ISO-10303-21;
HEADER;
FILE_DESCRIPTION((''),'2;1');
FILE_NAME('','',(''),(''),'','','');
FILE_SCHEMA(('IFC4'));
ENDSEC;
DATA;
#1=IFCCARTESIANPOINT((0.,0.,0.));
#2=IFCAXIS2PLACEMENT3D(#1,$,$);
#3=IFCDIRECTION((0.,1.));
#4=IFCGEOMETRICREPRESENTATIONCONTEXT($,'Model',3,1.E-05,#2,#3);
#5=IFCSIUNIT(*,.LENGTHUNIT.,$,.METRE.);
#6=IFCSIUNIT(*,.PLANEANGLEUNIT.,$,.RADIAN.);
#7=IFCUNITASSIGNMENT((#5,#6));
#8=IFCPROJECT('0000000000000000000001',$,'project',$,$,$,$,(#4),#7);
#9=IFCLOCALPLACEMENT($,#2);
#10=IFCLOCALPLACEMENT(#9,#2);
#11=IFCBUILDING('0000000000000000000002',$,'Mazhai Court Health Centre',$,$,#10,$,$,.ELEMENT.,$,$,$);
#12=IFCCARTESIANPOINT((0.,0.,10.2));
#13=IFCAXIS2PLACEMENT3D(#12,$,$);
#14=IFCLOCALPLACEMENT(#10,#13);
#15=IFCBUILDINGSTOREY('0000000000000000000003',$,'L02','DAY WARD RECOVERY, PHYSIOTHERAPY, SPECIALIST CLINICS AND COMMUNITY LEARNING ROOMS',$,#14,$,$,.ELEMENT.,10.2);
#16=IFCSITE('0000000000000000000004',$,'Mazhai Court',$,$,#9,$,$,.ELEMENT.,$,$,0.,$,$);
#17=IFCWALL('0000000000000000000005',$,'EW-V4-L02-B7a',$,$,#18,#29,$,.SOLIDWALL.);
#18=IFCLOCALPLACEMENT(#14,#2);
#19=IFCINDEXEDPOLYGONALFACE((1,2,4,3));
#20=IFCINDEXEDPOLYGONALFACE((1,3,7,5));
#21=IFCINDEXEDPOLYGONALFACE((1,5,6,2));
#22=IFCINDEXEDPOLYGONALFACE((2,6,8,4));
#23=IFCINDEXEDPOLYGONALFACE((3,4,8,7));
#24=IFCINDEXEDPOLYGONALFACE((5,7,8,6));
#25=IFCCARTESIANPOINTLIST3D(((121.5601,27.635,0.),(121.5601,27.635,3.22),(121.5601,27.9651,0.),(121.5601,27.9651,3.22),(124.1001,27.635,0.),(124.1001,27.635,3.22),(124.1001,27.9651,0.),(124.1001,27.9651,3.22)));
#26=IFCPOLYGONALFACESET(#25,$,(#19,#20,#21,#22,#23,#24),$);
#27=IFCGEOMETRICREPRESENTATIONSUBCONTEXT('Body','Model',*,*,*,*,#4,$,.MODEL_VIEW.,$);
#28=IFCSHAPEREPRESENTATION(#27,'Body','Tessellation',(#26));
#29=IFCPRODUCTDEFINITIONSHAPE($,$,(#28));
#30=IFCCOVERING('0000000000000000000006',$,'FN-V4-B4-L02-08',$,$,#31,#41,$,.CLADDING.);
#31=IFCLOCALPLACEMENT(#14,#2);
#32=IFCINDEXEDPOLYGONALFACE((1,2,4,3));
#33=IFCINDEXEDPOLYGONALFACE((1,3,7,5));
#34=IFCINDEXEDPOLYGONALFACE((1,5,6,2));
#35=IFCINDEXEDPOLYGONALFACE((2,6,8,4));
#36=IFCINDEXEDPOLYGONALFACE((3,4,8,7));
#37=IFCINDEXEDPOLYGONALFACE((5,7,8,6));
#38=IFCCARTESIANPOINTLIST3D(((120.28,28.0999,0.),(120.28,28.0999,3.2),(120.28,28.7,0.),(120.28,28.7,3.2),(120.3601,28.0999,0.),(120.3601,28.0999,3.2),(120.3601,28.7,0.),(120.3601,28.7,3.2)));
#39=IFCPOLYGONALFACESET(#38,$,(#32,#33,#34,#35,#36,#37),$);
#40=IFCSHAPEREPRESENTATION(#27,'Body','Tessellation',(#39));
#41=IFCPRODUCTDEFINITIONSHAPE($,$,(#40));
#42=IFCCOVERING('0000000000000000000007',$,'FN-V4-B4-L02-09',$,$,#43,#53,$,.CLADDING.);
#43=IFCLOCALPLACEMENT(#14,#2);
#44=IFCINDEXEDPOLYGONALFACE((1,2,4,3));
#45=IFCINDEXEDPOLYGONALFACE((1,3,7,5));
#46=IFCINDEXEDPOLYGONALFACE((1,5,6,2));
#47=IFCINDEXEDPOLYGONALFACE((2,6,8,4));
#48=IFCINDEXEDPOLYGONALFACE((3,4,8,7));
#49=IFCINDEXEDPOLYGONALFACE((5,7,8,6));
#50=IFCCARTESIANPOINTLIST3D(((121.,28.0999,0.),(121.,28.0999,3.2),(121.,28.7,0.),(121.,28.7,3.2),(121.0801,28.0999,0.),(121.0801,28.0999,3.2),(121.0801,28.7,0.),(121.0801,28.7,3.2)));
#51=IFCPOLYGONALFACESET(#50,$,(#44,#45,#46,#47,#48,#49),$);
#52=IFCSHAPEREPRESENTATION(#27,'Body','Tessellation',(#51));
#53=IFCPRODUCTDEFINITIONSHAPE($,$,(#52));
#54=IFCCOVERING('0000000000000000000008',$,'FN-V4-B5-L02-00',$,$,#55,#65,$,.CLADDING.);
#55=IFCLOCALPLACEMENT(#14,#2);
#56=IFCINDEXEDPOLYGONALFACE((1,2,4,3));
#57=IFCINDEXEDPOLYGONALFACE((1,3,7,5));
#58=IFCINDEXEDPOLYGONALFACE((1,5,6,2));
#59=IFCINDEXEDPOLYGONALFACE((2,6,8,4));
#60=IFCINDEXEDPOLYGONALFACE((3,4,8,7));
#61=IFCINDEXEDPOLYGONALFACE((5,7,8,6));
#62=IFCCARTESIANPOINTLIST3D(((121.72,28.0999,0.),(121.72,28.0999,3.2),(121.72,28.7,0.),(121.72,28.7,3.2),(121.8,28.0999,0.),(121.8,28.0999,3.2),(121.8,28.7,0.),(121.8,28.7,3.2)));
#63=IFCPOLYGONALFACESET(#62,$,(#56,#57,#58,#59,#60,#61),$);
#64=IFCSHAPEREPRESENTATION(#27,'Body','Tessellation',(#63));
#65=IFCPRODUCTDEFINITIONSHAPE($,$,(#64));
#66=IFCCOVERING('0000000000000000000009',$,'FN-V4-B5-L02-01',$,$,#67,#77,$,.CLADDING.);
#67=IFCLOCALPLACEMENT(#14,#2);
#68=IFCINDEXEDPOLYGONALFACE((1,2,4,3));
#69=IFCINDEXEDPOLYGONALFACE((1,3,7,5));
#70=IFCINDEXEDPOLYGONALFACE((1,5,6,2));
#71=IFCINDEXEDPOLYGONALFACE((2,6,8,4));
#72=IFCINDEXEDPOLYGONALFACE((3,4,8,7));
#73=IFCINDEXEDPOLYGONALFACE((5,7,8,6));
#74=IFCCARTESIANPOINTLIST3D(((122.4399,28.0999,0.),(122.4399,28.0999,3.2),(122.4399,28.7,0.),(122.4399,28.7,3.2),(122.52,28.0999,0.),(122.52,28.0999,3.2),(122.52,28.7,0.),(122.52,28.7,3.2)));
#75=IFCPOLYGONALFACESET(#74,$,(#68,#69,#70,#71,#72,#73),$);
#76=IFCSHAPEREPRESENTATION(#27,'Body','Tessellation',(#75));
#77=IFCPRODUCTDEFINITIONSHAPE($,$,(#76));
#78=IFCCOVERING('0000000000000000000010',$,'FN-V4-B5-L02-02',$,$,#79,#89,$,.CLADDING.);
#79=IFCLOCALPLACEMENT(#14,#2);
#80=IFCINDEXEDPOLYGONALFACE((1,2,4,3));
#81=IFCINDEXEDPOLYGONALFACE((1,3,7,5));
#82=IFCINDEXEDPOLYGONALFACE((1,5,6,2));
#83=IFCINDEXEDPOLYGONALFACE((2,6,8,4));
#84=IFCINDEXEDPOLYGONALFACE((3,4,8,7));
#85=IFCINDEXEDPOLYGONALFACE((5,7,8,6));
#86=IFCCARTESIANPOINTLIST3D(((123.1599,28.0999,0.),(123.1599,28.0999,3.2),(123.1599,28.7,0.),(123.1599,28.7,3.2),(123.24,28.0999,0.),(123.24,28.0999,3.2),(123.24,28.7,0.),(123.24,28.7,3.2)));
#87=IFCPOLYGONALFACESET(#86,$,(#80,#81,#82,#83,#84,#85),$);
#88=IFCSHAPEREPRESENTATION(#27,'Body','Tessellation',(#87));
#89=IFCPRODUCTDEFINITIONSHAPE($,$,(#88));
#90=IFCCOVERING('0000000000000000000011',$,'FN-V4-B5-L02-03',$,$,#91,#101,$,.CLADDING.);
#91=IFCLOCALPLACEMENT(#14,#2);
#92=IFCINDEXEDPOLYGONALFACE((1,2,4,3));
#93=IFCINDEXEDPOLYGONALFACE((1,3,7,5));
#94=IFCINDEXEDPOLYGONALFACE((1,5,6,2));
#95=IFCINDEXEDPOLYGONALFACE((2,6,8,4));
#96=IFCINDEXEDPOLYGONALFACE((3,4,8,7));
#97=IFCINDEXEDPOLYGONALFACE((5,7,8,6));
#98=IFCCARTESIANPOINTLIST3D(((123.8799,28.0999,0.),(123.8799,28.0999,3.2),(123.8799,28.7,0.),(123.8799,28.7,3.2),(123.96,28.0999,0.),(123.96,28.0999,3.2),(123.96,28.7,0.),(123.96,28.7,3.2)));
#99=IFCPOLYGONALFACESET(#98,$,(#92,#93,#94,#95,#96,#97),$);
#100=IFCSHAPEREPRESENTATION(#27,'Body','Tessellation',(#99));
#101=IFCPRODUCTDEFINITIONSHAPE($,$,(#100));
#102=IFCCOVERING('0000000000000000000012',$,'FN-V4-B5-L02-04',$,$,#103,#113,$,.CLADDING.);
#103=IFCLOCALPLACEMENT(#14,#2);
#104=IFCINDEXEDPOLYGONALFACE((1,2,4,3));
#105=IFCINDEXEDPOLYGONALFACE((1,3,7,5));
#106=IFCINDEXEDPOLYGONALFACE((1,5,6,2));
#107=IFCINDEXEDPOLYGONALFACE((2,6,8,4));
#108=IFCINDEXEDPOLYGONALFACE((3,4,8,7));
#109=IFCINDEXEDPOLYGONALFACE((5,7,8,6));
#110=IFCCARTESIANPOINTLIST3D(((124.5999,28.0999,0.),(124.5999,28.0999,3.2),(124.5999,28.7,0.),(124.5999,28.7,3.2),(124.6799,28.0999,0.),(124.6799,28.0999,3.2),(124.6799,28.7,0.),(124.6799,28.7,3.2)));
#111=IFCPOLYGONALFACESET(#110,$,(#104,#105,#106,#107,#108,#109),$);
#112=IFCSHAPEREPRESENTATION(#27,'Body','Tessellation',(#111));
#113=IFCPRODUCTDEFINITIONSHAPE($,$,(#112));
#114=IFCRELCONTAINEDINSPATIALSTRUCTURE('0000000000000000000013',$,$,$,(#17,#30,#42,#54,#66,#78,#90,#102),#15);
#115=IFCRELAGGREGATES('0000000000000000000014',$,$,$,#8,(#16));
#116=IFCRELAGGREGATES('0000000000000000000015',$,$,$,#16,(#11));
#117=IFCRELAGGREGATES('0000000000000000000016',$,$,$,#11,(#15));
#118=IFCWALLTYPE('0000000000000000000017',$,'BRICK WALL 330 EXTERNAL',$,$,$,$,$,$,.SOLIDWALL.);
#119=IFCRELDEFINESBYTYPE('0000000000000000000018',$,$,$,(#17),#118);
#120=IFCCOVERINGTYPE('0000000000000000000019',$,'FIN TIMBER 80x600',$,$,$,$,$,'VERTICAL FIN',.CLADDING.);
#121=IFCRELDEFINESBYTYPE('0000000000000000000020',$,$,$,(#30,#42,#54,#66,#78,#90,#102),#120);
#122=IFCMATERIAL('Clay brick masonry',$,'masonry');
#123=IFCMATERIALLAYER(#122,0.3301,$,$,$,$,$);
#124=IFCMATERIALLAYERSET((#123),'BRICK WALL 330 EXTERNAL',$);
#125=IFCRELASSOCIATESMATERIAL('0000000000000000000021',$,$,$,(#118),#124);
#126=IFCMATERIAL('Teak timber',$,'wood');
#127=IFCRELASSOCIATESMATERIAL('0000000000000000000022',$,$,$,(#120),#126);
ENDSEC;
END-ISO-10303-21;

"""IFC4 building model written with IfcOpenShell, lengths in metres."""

from ifc_helpers import new_model, si_unit, direction, frame, frame_2d, origin, origin_2d, place, context, subcontext, project, spatial, rectangle, extrude, material, layer, layer_set, type_object, element, save


model = new_model("IFC4")

# Units and contexts
model_context = context("Model", 3, precision=1e-05, world=origin(), true_north=direction((0.0, 1.0)))
body_context = subcontext(model_context, "Body", "Model", "MODEL_VIEW")
ifc_project = project(units=[si_unit("LENGTHUNIT", "METRE"), si_unit("PLANEANGLEUNIT", "RADIAN")], contexts=[model_context])

# Site, building, storey
site_placement = place(None, origin())
site = spatial("IfcSite", under=ifc_project, at=site_placement, Name="Mazhai Court", CompositionType="ELEMENT", RefElevation=0.0)
building_placement = place(site_placement, origin())
building = spatial("IfcBuilding", under=site, at=building_placement, Name="Mazhai Court Health Centre", CompositionType="ELEMENT")
storey_placement = place(building_placement, frame((0.0, 0.0, 10.2)))
storey = spatial("IfcBuildingStorey", under=building, at=storey_placement, Name="L02", Description="DAY WARD RECOVERY, PHYSIOTHERAPY, SPECIALIST CLINICS AND COMMUNITY LEARNING ROOMS", CompositionType="ELEMENT", Elevation=10.2)

# Wall
ifc_material_1 = material(Name="Clay brick masonry", Category="masonry")
ifc_layer_1 = layer(ifc_material_1, 0.3301)
ifc_layer_set_1 = layer_set([ifc_layer_1], Name="BRICK WALL 330 EXTERNAL")
wall_type = type_object("IfcWallType", Name="BRICK WALL 330 EXTERNAL", PredefinedType="SOLIDWALL", material=ifc_layer_set_1)
wall_placement = place(storey_placement, frame((121.5601, 27.8, 0.0), z_axis=(0.0, 0.0, 1.0), x_axis=(1.0, 0.0, 0.0)))
element("IfcWall", 1, at=wall_placement, inside=storey, type_object=wall_type, Name="EW-V4-L02-B7a", PredefinedType="SOLIDWALL", context=body_context, shape_type="SweptSolid", body=[
    extrude(rectangle(XDim=2.54, YDim=0.3301, at=frame_2d((1.27, 0.0))), origin(), (0.0, 0.0, 1.0), 3.22),
])

# Coverings
ifc_material_2 = material(Name="Teak timber", Category="wood")
covering_type = type_object("IfcCoveringType", Name="FIN TIMBER 80x600", ElementType="VERTICAL FIN", PredefinedType="CLADDING", material=ifc_material_2)
for number, where, z_axis, x_axis, name in (
    (2, (120.3201, 28.3999, 0.0), (0.0, 0.0, 1.0), (1.0, 0.0, 0.0), "FN-V4-B4-L02-08"),
    (3, (121.04, 28.3999, 0.0), (0.0, 0.0, 1.0), (1.0, 0.0, 0.0), "FN-V4-B4-L02-09"),
    (4, (121.76, 28.3999, 0.0), (0.0, 0.0, 1.0), (1.0, 0.0, 0.0), "FN-V4-B5-L02-00"),
    (5, (122.48, 28.3999, 0.0), (0.0, 0.0, 1.0), (1.0, 0.0, 0.0), "FN-V4-B5-L02-01"),
    (6, (123.2, 28.3999, 0.0), (0.0, 0.0, 1.0), (1.0, 0.0, 0.0), "FN-V4-B5-L02-02"),
    (7, (123.9199, 28.3999, 0.0), (0.0, 0.0, 1.0), (1.0, 0.0, 0.0), "FN-V4-B5-L02-03"),
    (8, (124.6399, 28.3999, 0.0), (0.0, 0.0, 1.0), (1.0, 0.0, 0.0), "FN-V4-B5-L02-04"),
):
    element("IfcCovering", number, at=place(storey_placement, frame(where, z_axis=z_axis, x_axis=x_axis)), inside=storey, type_object=covering_type, Name=name, PredefinedType="CLADDING", context=body_context, shape_type="SweptSolid", body=[
        extrude(rectangle(XDim=0.0801, YDim=0.6001, at=origin_2d()), origin(), (0.0, 0.0, 1.0), 3.2),
    ])

save(model, "model.ifc")
